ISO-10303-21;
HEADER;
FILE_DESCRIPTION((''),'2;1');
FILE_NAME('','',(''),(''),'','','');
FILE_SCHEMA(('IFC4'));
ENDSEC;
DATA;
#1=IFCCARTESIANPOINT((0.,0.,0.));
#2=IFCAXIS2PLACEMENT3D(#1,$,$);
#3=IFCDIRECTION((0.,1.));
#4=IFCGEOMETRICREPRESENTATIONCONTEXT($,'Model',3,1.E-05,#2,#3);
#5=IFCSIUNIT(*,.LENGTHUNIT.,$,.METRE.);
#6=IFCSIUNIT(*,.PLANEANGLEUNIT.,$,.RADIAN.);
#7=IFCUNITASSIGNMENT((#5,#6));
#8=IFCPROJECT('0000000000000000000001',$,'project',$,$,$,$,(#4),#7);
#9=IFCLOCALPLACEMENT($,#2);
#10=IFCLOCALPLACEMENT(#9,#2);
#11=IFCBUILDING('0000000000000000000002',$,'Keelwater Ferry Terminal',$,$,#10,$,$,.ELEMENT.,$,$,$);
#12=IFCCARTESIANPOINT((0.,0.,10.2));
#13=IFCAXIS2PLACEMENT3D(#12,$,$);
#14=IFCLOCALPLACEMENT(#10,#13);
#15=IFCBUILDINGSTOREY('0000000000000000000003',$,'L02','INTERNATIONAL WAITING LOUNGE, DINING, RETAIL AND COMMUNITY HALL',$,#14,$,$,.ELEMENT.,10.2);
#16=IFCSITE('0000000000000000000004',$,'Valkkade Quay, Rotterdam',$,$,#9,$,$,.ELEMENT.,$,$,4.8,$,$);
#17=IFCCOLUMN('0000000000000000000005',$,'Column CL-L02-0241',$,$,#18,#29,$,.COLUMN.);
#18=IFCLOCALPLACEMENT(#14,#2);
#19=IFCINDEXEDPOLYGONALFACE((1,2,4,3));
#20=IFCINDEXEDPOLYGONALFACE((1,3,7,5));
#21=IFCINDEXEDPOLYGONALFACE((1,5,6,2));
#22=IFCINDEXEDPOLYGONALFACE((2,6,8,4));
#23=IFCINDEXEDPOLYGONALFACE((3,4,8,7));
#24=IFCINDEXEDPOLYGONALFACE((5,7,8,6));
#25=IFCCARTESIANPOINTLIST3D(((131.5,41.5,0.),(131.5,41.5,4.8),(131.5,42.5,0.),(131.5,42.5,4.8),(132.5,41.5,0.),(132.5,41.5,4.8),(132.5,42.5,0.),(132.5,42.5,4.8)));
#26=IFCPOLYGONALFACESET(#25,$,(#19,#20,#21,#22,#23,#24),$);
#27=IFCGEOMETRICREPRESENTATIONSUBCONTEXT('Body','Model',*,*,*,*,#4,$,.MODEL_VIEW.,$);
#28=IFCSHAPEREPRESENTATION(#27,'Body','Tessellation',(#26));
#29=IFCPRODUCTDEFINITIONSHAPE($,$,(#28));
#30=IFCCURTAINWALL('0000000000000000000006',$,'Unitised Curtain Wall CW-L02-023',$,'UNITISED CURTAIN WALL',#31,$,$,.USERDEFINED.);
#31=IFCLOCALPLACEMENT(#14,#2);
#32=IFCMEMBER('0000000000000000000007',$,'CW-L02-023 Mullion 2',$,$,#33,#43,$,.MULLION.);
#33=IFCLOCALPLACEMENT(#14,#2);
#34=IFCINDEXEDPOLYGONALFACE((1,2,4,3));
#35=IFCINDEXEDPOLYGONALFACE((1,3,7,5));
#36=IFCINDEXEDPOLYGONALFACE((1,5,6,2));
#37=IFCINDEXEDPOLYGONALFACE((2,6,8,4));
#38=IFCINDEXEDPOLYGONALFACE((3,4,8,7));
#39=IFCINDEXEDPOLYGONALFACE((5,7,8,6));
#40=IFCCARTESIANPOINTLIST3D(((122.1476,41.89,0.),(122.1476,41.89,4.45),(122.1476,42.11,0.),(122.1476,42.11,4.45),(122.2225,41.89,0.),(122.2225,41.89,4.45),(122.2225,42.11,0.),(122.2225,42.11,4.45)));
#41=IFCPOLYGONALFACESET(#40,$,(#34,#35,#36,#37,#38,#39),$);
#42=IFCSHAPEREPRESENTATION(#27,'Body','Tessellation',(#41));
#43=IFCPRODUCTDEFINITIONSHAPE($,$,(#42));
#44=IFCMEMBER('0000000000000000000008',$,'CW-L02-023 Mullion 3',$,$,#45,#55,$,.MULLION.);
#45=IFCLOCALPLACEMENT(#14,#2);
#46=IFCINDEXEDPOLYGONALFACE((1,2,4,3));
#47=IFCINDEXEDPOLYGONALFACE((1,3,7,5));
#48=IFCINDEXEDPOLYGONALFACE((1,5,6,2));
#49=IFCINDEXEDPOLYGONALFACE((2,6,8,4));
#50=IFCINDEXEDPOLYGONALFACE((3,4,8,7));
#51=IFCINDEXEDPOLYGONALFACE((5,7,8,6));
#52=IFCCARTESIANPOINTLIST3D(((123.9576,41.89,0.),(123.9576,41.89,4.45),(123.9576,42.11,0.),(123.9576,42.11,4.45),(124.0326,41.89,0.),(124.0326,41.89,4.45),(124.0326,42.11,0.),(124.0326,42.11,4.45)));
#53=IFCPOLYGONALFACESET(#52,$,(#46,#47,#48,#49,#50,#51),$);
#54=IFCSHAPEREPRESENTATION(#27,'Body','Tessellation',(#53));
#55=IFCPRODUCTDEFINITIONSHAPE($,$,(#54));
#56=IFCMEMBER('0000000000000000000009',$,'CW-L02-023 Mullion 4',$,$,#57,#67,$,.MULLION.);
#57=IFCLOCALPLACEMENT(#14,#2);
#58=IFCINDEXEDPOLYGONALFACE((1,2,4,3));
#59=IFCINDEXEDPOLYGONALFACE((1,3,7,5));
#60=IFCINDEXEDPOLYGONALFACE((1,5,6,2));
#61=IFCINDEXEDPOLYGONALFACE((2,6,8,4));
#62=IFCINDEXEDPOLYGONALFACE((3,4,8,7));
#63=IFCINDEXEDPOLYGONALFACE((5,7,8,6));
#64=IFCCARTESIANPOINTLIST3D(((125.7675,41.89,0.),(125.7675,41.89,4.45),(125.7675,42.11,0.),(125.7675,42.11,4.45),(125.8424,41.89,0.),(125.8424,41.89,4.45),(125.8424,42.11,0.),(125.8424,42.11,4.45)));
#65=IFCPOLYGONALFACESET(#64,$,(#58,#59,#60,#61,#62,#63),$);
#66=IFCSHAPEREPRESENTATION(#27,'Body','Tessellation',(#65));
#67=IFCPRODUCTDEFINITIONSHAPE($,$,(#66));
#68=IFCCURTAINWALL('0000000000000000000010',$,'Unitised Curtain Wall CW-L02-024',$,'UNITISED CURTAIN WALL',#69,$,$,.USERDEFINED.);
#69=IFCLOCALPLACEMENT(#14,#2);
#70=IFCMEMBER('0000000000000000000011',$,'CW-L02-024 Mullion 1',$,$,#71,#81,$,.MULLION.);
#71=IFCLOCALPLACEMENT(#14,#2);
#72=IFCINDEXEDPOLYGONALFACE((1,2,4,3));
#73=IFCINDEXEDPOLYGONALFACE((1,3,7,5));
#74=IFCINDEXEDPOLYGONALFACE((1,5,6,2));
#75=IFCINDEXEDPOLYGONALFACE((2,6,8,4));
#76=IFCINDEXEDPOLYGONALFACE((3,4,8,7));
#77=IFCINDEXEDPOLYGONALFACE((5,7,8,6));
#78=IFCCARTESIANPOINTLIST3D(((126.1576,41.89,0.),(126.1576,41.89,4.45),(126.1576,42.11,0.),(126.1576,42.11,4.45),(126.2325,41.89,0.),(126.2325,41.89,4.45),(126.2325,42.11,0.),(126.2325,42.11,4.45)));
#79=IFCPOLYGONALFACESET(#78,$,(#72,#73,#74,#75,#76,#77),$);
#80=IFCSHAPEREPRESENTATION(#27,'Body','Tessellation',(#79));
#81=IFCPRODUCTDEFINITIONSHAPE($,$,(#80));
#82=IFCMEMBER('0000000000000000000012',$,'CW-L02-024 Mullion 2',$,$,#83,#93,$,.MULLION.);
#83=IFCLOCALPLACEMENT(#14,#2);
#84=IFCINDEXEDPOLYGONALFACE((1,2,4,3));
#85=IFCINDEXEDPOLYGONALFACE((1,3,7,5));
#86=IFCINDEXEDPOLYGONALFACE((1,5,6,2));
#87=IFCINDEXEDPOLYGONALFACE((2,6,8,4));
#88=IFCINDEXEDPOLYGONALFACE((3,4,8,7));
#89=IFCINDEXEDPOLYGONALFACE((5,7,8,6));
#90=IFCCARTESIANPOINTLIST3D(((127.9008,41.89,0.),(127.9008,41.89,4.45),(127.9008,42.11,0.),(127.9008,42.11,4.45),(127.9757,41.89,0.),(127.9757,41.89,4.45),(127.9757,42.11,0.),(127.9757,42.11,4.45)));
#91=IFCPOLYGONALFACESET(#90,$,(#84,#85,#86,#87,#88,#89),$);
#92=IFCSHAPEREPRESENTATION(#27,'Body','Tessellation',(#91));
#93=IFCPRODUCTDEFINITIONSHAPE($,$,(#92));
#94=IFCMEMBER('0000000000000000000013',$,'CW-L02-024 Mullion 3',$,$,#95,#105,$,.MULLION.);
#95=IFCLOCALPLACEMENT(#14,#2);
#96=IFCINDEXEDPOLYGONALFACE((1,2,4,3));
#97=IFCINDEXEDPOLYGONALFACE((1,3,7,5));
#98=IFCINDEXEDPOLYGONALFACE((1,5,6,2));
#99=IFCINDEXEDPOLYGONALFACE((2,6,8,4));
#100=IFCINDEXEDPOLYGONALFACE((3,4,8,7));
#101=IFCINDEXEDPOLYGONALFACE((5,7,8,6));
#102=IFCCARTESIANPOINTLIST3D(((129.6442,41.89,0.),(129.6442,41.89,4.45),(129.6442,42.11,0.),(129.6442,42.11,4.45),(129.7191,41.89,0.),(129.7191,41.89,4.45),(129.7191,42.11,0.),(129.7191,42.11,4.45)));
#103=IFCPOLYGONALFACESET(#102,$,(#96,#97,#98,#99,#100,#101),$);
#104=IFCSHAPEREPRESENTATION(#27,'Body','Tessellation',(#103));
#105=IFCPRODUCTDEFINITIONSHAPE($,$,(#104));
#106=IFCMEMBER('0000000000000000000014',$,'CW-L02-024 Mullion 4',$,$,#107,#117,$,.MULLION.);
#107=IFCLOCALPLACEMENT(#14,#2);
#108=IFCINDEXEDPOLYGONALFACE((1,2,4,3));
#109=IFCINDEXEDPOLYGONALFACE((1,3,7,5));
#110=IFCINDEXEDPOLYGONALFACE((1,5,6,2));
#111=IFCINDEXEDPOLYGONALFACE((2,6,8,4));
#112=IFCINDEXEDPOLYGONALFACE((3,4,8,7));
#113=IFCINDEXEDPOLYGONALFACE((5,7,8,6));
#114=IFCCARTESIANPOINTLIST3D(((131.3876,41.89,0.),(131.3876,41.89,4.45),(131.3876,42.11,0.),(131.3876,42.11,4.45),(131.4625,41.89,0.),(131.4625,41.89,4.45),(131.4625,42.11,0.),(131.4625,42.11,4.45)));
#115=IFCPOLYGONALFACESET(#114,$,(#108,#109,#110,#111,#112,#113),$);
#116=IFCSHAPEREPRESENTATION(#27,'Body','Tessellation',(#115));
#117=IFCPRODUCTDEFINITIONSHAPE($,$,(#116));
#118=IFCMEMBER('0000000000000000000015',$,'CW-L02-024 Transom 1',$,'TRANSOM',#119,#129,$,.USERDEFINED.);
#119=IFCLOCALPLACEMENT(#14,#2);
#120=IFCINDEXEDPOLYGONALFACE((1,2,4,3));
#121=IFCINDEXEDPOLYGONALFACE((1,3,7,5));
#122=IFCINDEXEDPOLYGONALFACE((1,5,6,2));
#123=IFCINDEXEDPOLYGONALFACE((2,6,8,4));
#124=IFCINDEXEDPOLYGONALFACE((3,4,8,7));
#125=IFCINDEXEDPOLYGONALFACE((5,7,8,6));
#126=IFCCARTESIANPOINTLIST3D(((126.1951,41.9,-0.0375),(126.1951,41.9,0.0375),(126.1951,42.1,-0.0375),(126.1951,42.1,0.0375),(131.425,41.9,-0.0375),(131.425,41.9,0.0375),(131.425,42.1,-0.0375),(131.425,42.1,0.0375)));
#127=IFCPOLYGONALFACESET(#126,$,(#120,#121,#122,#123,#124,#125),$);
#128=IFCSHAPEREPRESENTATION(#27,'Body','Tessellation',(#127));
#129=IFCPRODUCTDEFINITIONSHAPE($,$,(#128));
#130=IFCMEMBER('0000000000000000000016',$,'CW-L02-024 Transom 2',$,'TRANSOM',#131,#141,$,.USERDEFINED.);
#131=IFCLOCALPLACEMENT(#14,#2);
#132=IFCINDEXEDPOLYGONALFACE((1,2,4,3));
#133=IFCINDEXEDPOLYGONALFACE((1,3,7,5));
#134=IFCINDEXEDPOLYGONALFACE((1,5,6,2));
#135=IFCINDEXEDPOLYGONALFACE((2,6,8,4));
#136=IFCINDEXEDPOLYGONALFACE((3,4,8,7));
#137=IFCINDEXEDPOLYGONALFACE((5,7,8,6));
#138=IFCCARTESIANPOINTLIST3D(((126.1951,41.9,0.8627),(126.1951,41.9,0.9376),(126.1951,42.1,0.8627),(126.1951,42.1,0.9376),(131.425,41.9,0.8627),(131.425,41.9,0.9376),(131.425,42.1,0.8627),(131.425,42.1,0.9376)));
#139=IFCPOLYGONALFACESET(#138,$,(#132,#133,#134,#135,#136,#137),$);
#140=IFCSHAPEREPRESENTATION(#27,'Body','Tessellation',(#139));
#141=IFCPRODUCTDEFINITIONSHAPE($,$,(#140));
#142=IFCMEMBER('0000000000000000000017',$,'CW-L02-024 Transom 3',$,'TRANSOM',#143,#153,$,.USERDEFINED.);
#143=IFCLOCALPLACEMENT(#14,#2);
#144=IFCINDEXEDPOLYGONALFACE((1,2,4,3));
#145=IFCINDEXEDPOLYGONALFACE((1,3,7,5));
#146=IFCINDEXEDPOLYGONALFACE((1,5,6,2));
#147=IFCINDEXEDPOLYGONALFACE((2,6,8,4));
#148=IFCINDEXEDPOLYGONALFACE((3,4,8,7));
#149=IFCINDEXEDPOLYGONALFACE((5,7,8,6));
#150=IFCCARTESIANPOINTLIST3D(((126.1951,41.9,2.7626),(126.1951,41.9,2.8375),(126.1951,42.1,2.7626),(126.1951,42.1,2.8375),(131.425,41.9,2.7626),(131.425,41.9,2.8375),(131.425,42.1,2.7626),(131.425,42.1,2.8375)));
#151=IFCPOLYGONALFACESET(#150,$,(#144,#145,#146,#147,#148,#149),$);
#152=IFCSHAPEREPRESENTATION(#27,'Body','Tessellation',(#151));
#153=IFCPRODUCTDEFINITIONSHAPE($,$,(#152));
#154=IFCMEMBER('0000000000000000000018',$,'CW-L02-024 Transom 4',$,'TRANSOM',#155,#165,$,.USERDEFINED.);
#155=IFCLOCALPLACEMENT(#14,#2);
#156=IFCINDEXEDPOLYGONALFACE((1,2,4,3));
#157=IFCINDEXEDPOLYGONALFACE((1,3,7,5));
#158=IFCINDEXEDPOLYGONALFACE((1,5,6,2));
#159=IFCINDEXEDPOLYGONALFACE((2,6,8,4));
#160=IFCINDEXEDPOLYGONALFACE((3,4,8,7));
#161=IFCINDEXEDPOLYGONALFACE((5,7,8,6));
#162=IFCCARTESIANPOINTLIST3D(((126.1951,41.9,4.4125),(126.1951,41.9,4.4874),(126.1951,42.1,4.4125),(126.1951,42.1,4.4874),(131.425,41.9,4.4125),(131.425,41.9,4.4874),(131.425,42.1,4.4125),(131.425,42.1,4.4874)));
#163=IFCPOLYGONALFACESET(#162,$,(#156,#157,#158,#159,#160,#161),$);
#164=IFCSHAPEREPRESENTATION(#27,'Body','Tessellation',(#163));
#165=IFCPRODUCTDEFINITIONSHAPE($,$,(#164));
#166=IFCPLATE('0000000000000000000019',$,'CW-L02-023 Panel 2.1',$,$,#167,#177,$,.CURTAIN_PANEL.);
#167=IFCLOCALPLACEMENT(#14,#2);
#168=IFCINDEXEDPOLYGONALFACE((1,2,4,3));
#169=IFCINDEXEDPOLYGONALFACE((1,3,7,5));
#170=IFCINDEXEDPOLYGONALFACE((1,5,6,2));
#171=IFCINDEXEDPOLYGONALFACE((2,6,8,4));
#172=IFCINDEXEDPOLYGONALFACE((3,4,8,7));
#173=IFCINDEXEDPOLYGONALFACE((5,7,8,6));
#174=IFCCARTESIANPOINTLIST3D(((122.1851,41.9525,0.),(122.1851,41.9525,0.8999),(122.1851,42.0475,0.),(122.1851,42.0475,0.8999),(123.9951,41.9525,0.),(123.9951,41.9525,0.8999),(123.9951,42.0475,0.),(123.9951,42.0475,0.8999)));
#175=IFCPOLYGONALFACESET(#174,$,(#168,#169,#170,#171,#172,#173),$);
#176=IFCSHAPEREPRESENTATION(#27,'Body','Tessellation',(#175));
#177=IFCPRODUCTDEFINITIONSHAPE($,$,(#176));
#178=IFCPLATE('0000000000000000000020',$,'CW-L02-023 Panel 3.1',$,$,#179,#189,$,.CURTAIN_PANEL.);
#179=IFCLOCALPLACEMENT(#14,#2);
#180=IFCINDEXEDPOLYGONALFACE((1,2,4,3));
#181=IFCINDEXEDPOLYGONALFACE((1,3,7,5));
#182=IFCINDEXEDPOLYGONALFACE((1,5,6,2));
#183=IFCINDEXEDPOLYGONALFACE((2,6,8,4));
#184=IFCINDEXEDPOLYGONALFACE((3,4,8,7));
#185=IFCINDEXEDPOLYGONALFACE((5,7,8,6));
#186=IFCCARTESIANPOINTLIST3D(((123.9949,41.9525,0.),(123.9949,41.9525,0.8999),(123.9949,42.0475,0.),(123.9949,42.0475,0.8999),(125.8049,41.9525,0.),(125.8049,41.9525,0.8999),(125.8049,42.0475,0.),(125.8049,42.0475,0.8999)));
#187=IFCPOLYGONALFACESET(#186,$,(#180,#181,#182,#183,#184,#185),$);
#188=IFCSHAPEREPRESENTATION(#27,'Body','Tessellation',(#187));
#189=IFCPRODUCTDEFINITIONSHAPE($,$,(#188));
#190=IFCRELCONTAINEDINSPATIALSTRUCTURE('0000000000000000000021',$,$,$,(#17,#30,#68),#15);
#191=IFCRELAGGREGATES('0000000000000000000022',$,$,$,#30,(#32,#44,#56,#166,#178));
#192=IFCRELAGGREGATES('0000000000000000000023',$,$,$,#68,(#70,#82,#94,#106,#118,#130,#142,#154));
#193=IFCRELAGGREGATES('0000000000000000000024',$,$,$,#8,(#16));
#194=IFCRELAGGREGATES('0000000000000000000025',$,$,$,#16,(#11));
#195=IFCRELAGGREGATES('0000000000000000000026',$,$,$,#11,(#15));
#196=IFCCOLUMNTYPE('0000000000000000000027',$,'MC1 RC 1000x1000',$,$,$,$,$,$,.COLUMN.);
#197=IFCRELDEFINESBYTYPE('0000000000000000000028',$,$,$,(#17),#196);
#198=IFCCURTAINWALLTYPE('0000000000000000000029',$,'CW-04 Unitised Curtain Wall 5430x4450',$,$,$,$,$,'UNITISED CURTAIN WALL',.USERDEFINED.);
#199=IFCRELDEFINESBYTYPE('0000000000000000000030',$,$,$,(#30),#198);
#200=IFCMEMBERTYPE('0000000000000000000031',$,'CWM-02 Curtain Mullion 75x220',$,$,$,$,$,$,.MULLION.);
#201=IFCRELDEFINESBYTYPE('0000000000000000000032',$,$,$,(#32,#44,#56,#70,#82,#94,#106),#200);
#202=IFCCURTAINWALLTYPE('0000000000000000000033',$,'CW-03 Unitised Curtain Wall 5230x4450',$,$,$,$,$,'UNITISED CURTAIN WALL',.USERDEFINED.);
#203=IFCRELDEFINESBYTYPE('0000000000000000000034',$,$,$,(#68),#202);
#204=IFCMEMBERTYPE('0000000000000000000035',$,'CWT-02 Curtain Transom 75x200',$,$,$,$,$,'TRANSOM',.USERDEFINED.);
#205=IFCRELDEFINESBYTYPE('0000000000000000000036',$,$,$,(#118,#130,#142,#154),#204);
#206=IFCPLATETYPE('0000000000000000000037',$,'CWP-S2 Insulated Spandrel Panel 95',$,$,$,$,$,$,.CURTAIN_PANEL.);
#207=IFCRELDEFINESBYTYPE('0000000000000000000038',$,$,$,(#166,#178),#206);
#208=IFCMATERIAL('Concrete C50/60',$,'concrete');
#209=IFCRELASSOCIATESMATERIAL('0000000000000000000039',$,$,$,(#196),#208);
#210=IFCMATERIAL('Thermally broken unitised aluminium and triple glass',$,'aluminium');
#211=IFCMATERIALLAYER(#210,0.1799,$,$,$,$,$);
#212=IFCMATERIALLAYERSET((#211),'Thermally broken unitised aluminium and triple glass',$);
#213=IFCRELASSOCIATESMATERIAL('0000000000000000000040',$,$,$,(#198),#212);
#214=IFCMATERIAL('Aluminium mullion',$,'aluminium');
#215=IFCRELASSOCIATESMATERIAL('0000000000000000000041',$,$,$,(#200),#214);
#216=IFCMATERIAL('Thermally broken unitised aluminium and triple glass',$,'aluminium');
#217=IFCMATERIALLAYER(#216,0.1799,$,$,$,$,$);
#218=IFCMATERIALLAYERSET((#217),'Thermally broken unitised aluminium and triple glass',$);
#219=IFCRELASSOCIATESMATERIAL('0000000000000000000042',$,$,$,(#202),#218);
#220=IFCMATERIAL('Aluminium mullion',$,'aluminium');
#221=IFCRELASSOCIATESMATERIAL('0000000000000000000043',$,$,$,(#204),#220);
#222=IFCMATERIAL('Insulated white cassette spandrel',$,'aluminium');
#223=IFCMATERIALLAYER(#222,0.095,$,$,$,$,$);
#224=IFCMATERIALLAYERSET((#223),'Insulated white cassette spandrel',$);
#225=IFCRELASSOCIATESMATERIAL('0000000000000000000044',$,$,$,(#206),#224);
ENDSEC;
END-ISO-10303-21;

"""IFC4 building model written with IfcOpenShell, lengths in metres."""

from ifc_helpers import new_model, si_unit, direction, frame, origin, origin_2d, place, context, subcontext, project, spatial, rectangle, extrude, material, layer, layer_set, material_profile, profile_set, type_object, element, aggregate, save


model = new_model("IFC4")

# Units and contexts
model_context = context("Model", 3, precision=1e-05, world=origin(), true_north=direction((0.0, 1.0)))
body_context = subcontext(model_context, "Body", "Model", "MODEL_VIEW")
ifc_project = project(units=[si_unit("LENGTHUNIT", "METRE"), si_unit("PLANEANGLEUNIT", "RADIAN")], contexts=[model_context])

# Site, building, storey
site_placement = place(None, origin())
site = spatial("IfcSite", under=ifc_project, at=site_placement, Name="Valkkade Quay, Rotterdam", CompositionType="ELEMENT", RefElevation=4.8)
building_placement = place(site_placement, origin())
building = spatial("IfcBuilding", under=site, at=building_placement, Name="Keelwater Ferry Terminal", CompositionType="ELEMENT")
storey_placement = place(building_placement, frame((0.0, 0.0, 10.2)))
storey = spatial("IfcBuildingStorey", under=building, at=storey_placement, Name="L02", Description="INTERNATIONAL WAITING LOUNGE, DINING, RETAIL AND COMMUNITY HALL", CompositionType="ELEMENT", Elevation=10.2)

# Column
ifc_material_1 = material(Name="Concrete C50/60", Category="concrete")
ifc_material_profile_1 = material_profile(ifc_material_1, rectangle(XDim=1.0, YDim=1.0, at=origin_2d()), Name="RC 1000x1000")
ifc_profile_set_1 = profile_set([ifc_material_profile_1], Name="Concrete C50/60")
column_type = type_object("IfcColumnType", Name="MC1 RC 1000x1000", PredefinedType="COLUMN", material=ifc_profile_set_1)
column_placement = place(storey_placement, frame((132.0, 42.0, 0.0), z_axis=(0.0, 0.0, 1.0), x_axis=(1.0, 0.0, 0.0)))
element("IfcColumn", 1, at=column_placement, inside=storey, type_object=column_type, Name="Column CL-L02-0241", PredefinedType="COLUMN", context=body_context, shape_type="SweptSolid", body=[
    extrude(rectangle(XDim=1.0, YDim=1.0, at=origin_2d()), origin(), (0.0, 0.0, 1.0), 4.8),
])

# Curtain walls, members
ifc_material_2 = material(Name="Thermally broken unitised aluminium and triple glass", Category="aluminium")
ifc_layer_1 = layer(ifc_material_2, 0.1799)
ifc_layer_set_1 = layer_set([ifc_layer_1], Name="Thermally broken unitised aluminium and triple glass")
curtain_wall_type_1 = type_object("IfcCurtainWallType", Name="CW-04 Unitised Curtain Wall 5430x4450", ElementType="UNITISED CURTAIN WALL", PredefinedType="USERDEFINED", material=ifc_layer_set_1)
curtain_wall_1_placement = place(storey_placement, origin())
curtain_wall_1 = element("IfcCurtainWall", 2, at=curtain_wall_1_placement, inside=storey, type_object=curtain_wall_type_1, Name="Unitised Curtain Wall CW-L02-023", ObjectType="UNITISED CURTAIN WALL", PredefinedType="USERDEFINED")
ifc_material_3 = material(Name="Aluminium mullion", Category="aluminium")
ifc_material_profile_2 = material_profile(ifc_material_3, rectangle(XDim=0.075, YDim=0.22, at=origin_2d()), Name="CWM-02")
ifc_profile_set_2 = profile_set([ifc_material_profile_2], Name="Aluminium mullion")
member_type_1 = type_object("IfcMemberType", Name="CWM-02 Curtain Mullion 75x220", PredefinedType="MULLION", material=ifc_profile_set_2)
member_1_placement = place(storey_placement, frame((122.1851, 42.0, 0.0), z_axis=(0.0, 0.0, 1.0), x_axis=(1.0, 0.0, 0.0)))
member_1 = element("IfcMember", 3, at=member_1_placement, type_object=member_type_1, Name="CW-L02-023 Mullion 2", PredefinedType="MULLION", context=body_context, shape_type="SweptSolid", body=[
    extrude(rectangle(XDim=0.075, YDim=0.22, at=origin_2d()), origin(), (0.0, 0.0, 1.0), 4.45),
])
member_2_placement = place(storey_placement, frame((123.9951, 42.0, 0.0), z_axis=(0.0, 0.0, 1.0), x_axis=(1.0, 0.0, 0.0)))
member_2 = element("IfcMember", 4, at=member_2_placement, type_object=member_type_1, Name="CW-L02-023 Mullion 3", PredefinedType="MULLION", context=body_context, shape_type="SweptSolid", body=[
    extrude(rectangle(XDim=0.075, YDim=0.22, at=origin_2d()), origin(), (0.0, 0.0, 1.0), 4.45),
])
member_3_placement = place(storey_placement, frame((125.8049, 42.0, 0.0), z_axis=(0.0, 0.0, 1.0), x_axis=(1.0, 0.0, 0.0)))
member_3 = element("IfcMember", 5, at=member_3_placement, type_object=member_type_1, Name="CW-L02-023 Mullion 4", PredefinedType="MULLION", context=body_context, shape_type="SweptSolid", body=[
    extrude(rectangle(XDim=0.075, YDim=0.22, at=origin_2d()), origin(), (0.0, 0.0, 1.0), 4.45),
])
ifc_material_4 = material(Name="Thermally broken unitised aluminium and triple glass", Category="aluminium")
ifc_layer_2 = layer(ifc_material_4, 0.1799)
ifc_layer_set_2 = layer_set([ifc_layer_2], Name="Thermally broken unitised aluminium and triple glass")
curtain_wall_type_2 = type_object("IfcCurtainWallType", Name="CW-03 Unitised Curtain Wall 5230x4450", ElementType="UNITISED CURTAIN WALL", PredefinedType="USERDEFINED", material=ifc_layer_set_2)
curtain_wall_2_placement = place(storey_placement, origin())
curtain_wall_2 = element("IfcCurtainWall", 6, at=curtain_wall_2_placement, inside=storey, type_object=curtain_wall_type_2, Name="Unitised Curtain Wall CW-L02-024", ObjectType="UNITISED CURTAIN WALL", PredefinedType="USERDEFINED")
member_4_placement = place(storey_placement, frame((126.1951, 42.0, 0.0), z_axis=(0.0, 0.0, 1.0), x_axis=(1.0, 0.0, 0.0)))
member_4 = element("IfcMember", 7, at=member_4_placement, type_object=member_type_1, Name="CW-L02-024 Mullion 1", PredefinedType="MULLION", context=body_context, shape_type="SweptSolid", body=[
    extrude(rectangle(XDim=0.075, YDim=0.22, at=origin_2d()), origin(), (0.0, 0.0, 1.0), 4.45),
])
member_5_placement = place(storey_placement, frame((127.9382, 42.0, 0.0), z_axis=(0.0, 0.0, 1.0), x_axis=(1.0, 0.0, 0.0)))
member_5 = element("IfcMember", 8, at=member_5_placement, type_object=member_type_1, Name="CW-L02-024 Mullion 2", PredefinedType="MULLION", context=body_context, shape_type="SweptSolid", body=[
    extrude(rectangle(XDim=0.075, YDim=0.22, at=origin_2d()), origin(), (0.0, 0.0, 1.0), 4.45),
])
member_6_placement = place(storey_placement, frame((129.6816, 42.0, 0.0), z_axis=(0.0, 0.0, 1.0), x_axis=(1.0, 0.0, 0.0)))
member_6 = element("IfcMember", 9, at=member_6_placement, type_object=member_type_1, Name="CW-L02-024 Mullion 3", PredefinedType="MULLION", context=body_context, shape_type="SweptSolid", body=[
    extrude(rectangle(XDim=0.075, YDim=0.22, at=origin_2d()), origin(), (0.0, 0.0, 1.0), 4.45),
])
member_7_placement = place(storey_placement, frame((131.425, 42.0, 0.0), z_axis=(0.0, 0.0, 1.0), x_axis=(1.0, 0.0, 0.0)))
member_7 = element("IfcMember", 10, at=member_7_placement, type_object=member_type_1, Name="CW-L02-024 Mullion 4", PredefinedType="MULLION", context=body_context, shape_type="SweptSolid", body=[
    extrude(rectangle(XDim=0.075, YDim=0.22, at=origin_2d()), origin(), (0.0, 0.0, 1.0), 4.45),
])
ifc_material_5 = material(Name="Aluminium mullion", Category="aluminium")
ifc_material_profile_3 = material_profile(ifc_material_5, rectangle(XDim=0.2, YDim=0.075, at=origin_2d()), Name="CWT-02")
ifc_profile_set_3 = profile_set([ifc_material_profile_3], Name="Aluminium mullion")
member_type_2 = type_object("IfcMemberType", Name="CWT-02 Curtain Transom 75x200", ElementType="TRANSOM", PredefinedType="USERDEFINED", material=ifc_profile_set_3)
member_8_placement = place(storey_placement, frame((126.1951, 42.0, 0.0), z_axis=(1.0, 0.0, 0.0), x_axis=(0.0, 1.0, 0.0)))
member_8 = element("IfcMember", 11, at=member_8_placement, type_object=member_type_2, Name="CW-L02-024 Transom 1", ObjectType="TRANSOM", PredefinedType="USERDEFINED", context=body_context, shape_type="SweptSolid", body=[
    extrude(rectangle(XDim=0.2, YDim=0.075, at=origin_2d()), origin(), (0.0, 0.0, 1.0), 5.23),
])
member_9_placement = place(storey_placement, frame((126.1951, 42.0, 0.9001), z_axis=(1.0, 0.0, 0.0), x_axis=(0.0, 1.0, 0.0)))
member_9 = element("IfcMember", 12, at=member_9_placement, type_object=member_type_2, Name="CW-L02-024 Transom 2", ObjectType="TRANSOM", PredefinedType="USERDEFINED", context=body_context, shape_type="SweptSolid", body=[
    extrude(rectangle(XDim=0.2, YDim=0.075, at=origin_2d()), origin(), (0.0, 0.0, 1.0), 5.23),
])
member_10_placement = place(storey_placement, frame((126.1951, 42.0, 2.8), z_axis=(1.0, 0.0, 0.0), x_axis=(0.0, 1.0, 0.0)))
member_10 = element("IfcMember", 13, at=member_10_placement, type_object=member_type_2, Name="CW-L02-024 Transom 3", ObjectType="TRANSOM", PredefinedType="USERDEFINED", context=body_context, shape_type="SweptSolid", body=[
    extrude(rectangle(XDim=0.2, YDim=0.075, at=origin_2d()), origin(), (0.0, 0.0, 1.0), 5.23),
])
member_11_placement = place(storey_placement, frame((126.1951, 42.0, 4.45), z_axis=(1.0, 0.0, 0.0), x_axis=(0.0, 1.0, 0.0)))
member_11 = element("IfcMember", 14, at=member_11_placement, type_object=member_type_2, Name="CW-L02-024 Transom 4", ObjectType="TRANSOM", PredefinedType="USERDEFINED", context=body_context, shape_type="SweptSolid", body=[
    extrude(rectangle(XDim=0.2, YDim=0.075, at=origin_2d()), origin(), (0.0, 0.0, 1.0), 5.23),
])

# Plates
ifc_material_6 = material(Name="Insulated white cassette spandrel", Category="aluminium")
ifc_layer_3 = layer(ifc_material_6, 0.095)
ifc_layer_set_3 = layer_set([ifc_layer_3], Name="Insulated white cassette spandrel")
plate_type_1 = type_object("IfcPlateType", Name="CWP-S2 Insulated Spandrel Panel 95", PredefinedType="CURTAIN_PANEL", material=ifc_layer_set_3)
plate_1_placement = place(storey_placement, frame((123.0901, 42.0, 0.0), z_axis=(0.0, 0.0, 1.0), x_axis=(1.0, 0.0, 0.0)))
plate_1 = element("IfcPlate", 15, at=plate_1_placement, type_object=plate_type_1, Name="CW-L02-023 Panel 2.1", PredefinedType="CURTAIN_PANEL", context=body_context, shape_type="SweptSolid", body=[
    extrude(rectangle(XDim=1.8101, YDim=0.095, at=origin_2d()), origin(), (0.0, 0.0, 1.0), 0.8999),
])
plate_2_placement = place(storey_placement, frame((124.8999, 42.0, 0.0), z_axis=(0.0, 0.0, 1.0), x_axis=(1.0, 0.0, 0.0)))
plate_2 = element("IfcPlate", 16, at=plate_2_placement, type_object=plate_type_1, Name="CW-L02-023 Panel 3.1", PredefinedType="CURTAIN_PANEL", context=body_context, shape_type="SweptSolid", body=[
    extrude(rectangle(XDim=1.8101, YDim=0.095, at=origin_2d()), origin(), (0.0, 0.0, 1.0), 0.8999),
])
aggregate(curtain_wall_1, [member_1, member_2, member_3, plate_1, plate_2])
aggregate(curtain_wall_2, [member_4, member_5, member_6, member_7, member_8, member_9, member_10, member_11])

save(model, "model.ifc")
